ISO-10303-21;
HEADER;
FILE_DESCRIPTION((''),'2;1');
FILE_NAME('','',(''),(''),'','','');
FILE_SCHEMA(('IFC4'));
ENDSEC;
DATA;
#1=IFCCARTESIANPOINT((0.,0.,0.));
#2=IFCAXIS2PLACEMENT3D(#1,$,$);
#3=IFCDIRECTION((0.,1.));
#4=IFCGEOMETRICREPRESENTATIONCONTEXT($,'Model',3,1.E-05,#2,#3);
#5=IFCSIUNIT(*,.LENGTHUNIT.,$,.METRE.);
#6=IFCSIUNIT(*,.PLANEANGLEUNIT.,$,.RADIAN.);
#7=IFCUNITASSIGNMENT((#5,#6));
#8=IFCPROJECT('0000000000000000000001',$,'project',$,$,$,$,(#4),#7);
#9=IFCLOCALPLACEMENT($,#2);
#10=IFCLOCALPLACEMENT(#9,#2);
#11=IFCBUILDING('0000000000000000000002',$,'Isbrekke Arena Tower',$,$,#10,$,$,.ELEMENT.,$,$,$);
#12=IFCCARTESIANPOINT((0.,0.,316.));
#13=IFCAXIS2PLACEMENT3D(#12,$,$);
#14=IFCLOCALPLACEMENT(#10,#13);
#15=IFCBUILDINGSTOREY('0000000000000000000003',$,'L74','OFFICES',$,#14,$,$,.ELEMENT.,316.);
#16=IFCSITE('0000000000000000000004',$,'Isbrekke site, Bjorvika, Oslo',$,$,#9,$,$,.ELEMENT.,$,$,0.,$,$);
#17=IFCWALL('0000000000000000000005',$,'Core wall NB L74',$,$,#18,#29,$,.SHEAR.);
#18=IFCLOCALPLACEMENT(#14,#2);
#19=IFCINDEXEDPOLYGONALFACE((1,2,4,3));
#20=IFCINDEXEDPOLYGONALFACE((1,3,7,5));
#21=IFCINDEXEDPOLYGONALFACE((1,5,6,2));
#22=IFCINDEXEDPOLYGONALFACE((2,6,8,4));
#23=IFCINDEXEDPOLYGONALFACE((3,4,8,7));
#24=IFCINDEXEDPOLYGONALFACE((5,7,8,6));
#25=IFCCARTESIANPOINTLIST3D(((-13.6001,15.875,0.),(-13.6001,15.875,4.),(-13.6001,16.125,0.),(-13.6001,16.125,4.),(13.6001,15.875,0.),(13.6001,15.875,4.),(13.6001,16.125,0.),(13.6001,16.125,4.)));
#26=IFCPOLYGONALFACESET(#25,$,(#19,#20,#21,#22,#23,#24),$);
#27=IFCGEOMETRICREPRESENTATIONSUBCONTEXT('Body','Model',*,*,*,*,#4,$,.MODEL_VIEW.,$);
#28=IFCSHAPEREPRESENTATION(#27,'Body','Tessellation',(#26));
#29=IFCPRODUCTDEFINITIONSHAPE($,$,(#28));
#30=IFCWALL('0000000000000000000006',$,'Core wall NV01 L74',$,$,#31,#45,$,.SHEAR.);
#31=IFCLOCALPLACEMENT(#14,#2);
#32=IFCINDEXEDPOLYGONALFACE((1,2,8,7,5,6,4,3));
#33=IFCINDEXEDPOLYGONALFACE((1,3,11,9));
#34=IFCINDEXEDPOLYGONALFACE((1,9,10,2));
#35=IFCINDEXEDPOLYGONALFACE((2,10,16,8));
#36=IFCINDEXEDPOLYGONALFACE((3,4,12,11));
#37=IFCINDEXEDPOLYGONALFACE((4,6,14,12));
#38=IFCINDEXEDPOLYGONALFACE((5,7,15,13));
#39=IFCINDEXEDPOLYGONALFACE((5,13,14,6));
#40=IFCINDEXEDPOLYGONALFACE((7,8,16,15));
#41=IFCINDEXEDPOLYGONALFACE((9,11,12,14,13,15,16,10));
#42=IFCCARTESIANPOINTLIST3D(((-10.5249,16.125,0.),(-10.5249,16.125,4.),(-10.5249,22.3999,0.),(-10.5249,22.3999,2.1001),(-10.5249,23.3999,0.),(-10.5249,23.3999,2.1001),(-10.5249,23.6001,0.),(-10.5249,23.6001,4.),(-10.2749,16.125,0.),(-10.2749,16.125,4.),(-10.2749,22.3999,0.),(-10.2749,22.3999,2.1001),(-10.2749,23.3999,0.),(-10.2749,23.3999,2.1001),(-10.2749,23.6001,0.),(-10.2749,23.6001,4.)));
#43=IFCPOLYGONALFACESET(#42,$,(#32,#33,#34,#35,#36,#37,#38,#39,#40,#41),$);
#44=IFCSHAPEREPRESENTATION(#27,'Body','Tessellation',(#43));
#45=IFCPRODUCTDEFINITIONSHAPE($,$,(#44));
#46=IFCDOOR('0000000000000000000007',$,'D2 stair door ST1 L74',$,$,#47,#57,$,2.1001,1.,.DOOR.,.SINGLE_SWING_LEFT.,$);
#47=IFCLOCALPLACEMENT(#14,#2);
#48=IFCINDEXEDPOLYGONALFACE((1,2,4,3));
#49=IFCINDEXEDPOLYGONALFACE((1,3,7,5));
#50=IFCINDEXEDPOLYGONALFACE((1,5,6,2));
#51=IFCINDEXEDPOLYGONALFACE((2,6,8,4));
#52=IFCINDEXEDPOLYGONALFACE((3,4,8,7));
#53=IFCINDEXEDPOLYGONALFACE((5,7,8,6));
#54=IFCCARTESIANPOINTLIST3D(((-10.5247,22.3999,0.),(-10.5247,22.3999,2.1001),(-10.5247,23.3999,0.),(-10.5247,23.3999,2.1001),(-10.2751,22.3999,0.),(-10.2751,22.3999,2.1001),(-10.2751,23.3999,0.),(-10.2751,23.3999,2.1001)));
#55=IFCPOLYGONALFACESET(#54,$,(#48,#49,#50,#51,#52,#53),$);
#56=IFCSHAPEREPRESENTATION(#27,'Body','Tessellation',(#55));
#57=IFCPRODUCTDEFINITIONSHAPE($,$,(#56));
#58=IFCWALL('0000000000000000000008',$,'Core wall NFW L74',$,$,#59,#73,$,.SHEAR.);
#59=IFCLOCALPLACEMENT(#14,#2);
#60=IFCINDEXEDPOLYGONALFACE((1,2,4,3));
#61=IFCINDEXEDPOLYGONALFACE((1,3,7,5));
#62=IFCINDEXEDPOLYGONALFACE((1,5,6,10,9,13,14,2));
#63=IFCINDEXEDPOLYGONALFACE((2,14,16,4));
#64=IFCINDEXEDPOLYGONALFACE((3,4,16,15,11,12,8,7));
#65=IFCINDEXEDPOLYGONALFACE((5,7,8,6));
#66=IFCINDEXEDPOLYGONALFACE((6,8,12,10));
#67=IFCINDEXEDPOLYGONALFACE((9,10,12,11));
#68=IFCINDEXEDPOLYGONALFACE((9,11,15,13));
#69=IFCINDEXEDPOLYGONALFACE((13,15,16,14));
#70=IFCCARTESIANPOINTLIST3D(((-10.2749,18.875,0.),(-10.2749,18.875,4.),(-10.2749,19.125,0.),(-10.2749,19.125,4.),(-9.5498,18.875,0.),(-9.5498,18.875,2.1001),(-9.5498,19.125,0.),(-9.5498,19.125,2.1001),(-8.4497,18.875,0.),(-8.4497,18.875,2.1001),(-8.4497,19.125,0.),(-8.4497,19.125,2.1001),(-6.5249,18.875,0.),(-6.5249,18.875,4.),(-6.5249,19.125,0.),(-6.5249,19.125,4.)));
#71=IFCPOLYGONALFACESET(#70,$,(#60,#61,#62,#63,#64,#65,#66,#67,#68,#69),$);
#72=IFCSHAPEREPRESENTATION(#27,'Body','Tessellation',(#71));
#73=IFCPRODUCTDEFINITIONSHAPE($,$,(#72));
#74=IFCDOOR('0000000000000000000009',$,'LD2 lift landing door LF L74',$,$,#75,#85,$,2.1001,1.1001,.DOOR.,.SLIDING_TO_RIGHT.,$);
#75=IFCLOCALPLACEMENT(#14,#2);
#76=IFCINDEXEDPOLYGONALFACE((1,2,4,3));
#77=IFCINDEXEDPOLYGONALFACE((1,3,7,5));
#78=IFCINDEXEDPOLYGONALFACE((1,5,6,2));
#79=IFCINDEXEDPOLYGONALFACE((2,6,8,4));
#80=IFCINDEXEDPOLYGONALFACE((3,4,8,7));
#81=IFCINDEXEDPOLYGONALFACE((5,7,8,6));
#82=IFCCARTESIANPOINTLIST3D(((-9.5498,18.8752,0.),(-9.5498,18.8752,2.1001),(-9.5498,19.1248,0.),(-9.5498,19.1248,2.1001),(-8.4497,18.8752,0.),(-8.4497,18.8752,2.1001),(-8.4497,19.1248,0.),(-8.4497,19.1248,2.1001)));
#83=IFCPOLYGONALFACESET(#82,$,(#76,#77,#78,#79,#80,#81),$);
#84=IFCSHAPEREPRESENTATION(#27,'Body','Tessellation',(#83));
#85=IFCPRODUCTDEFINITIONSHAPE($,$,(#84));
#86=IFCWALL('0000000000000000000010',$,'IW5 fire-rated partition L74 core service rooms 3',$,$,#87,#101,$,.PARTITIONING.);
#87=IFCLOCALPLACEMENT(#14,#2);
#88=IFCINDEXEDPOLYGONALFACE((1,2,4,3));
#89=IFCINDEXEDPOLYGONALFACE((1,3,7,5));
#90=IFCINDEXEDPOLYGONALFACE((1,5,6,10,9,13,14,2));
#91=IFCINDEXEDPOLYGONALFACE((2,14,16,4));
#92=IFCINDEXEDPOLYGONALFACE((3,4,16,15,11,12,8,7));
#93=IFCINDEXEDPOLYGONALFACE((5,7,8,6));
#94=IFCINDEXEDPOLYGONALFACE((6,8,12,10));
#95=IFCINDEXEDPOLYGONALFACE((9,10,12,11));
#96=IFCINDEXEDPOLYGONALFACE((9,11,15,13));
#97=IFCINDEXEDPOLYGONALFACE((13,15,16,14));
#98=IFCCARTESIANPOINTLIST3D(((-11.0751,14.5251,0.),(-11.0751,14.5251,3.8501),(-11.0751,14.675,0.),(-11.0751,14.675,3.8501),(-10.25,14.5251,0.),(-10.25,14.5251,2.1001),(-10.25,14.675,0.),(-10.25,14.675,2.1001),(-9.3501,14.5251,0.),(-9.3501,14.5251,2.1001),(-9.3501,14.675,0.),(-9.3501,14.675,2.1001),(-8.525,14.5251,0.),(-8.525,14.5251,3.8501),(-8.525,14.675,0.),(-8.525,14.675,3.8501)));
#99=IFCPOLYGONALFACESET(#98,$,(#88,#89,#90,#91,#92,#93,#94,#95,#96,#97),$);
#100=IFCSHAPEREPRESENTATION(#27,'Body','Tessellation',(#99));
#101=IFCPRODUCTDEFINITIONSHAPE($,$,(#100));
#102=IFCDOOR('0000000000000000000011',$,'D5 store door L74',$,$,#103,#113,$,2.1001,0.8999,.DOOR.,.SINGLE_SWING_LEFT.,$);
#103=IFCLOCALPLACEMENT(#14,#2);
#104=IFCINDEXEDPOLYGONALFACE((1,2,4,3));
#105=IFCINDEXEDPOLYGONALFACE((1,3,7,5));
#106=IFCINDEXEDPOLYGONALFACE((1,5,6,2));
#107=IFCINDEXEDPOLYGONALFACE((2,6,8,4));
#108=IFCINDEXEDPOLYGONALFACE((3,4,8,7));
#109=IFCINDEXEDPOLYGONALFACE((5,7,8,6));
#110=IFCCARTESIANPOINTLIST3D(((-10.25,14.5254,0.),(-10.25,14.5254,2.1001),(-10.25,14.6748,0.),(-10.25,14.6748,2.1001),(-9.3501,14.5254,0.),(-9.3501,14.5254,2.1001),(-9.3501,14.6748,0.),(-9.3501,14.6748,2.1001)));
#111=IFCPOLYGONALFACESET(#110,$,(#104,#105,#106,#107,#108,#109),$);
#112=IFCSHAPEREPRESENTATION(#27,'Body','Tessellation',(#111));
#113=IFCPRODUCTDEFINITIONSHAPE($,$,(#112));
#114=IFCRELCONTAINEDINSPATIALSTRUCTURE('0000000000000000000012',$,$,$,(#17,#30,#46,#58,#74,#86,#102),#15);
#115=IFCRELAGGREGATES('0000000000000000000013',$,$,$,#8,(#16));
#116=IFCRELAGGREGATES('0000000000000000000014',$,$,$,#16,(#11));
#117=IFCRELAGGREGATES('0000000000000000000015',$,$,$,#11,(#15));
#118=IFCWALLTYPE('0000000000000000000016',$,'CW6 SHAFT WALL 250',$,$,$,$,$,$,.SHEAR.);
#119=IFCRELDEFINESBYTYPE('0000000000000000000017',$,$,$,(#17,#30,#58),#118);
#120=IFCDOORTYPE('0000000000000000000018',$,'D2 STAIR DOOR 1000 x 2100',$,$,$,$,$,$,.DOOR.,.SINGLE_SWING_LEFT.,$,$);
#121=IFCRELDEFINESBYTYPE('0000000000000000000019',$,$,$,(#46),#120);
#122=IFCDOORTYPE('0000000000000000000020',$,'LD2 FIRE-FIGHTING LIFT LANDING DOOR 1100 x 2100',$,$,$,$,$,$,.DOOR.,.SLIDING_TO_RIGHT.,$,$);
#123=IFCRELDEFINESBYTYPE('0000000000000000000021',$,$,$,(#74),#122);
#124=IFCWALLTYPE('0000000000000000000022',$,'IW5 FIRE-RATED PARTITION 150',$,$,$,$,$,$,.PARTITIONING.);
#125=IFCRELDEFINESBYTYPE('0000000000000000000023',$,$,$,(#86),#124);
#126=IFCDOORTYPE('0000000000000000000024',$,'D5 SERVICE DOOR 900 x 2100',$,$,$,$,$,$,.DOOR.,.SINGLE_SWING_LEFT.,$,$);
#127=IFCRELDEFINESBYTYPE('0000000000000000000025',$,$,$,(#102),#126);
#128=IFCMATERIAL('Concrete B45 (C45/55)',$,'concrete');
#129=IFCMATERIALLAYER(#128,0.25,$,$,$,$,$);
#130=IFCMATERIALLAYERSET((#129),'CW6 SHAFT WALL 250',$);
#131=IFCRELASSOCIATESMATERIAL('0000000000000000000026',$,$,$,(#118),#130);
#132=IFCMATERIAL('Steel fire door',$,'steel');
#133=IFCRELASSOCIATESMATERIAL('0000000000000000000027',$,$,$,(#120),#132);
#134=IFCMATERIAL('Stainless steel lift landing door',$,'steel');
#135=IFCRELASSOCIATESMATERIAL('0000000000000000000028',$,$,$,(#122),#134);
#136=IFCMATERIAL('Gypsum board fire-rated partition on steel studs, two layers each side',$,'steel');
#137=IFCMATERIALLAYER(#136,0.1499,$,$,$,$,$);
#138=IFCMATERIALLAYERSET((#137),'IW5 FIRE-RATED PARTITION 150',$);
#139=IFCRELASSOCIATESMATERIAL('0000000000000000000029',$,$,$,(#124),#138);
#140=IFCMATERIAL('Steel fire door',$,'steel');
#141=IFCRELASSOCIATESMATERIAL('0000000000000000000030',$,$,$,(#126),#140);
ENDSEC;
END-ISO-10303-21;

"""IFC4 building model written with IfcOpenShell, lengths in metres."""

from ifc_helpers import new_model, si_unit, direction, frame, frame_2d, origin, place, context, subcontext, project, spatial, rectangle, extrude, material, layer, layer_set, type_object, element, fill, save


model = new_model("IFC4")

# Units and contexts
model_context = context("Model", 3, precision=1e-05, world=origin(), true_north=direction((0.0, 1.0)))
body_context = subcontext(model_context, "Body", "Model", "MODEL_VIEW")
ifc_project = project(units=[si_unit("LENGTHUNIT", "METRE"), si_unit("PLANEANGLEUNIT", "RADIAN")], contexts=[model_context])

# Site, building, storey
site_placement = place(None, origin())
site = spatial("IfcSite", under=ifc_project, at=site_placement, Name="Isbrekke site, Bjorvika, Oslo", CompositionType="ELEMENT", RefElevation=0.0)
building_placement = place(site_placement, origin())
building = spatial("IfcBuilding", under=site, at=building_placement, Name="Isbrekke Arena Tower", CompositionType="ELEMENT")
storey_placement = place(building_placement, frame((0.0, 0.0, 316.0)))
storey = spatial("IfcBuildingStorey", under=building, at=storey_placement, Name="L74", Description="OFFICES", CompositionType="ELEMENT", Elevation=316.0)

# Wall
ifc_material_1 = material(Name="Concrete B45 (C45/55)", Category="concrete")
ifc_layer_1 = layer(ifc_material_1, 0.25)
ifc_layer_set_1 = layer_set([ifc_layer_1], Name="CW6 SHAFT WALL 250")
wall_type_1 = type_object("IfcWallType", Name="CW6 SHAFT WALL 250", PredefinedType="SHEAR", material=ifc_layer_set_1)
wall_1_placement = place(storey_placement, frame((-13.6001, 16.0, 0.0), z_axis=(0.0, 0.0, 1.0), x_axis=(1.0, 0.0, 0.0)))
element("IfcWall", 1, at=wall_1_placement, inside=storey, type_object=wall_type_1, Name="Core wall NB L74", PredefinedType="SHEAR", context=body_context, shape_type="SweptSolid", body=[
    extrude(rectangle(XDim=27.2002, YDim=0.25, at=frame_2d((13.6001, 0.0))), origin(), (0.0, 0.0, 1.0), 4.0),
])

# Walls, openings, doors
wall_2_placement = place(storey_placement, frame((-10.3999, 16.125, 0.0), z_axis=(0.0, 0.0, 1.0), x_axis=(0.0, 1.0, 0.0)))
wall_2 = element("IfcWall", 2, at=wall_2_placement, inside=storey, type_object=wall_type_1, Name="Core wall NV01 L74", PredefinedType="SHEAR", context=body_context, shape_type="SweptSolid", body=[
    extrude(rectangle(XDim=7.4751, YDim=0.25, at=frame_2d((3.7375, 0.0))), origin(), (0.0, 0.0, 1.0), 4.0),
])
opening_1_placement = place(wall_2_placement, frame((6.2749, 0.0, 0.0)))
opening_1 = element("IfcOpeningElement", 3, at=opening_1_placement, cuts=wall_2, PredefinedType="OPENING", context=body_context, shape_type="SweptSolid", body=[
    extrude(rectangle(XDim=1.0, YDim=2.1001, at=frame_2d((0.5, 1.05))), frame((0.0, 0.1399, 0.0), z_axis=(0.0, -1.0, 0.0), x_axis=(1.0, 0.0, 0.0)), (0.0, 0.0, 1.0), 0.2798),
])
ifc_material_2 = material(Name="Steel fire door", Category="steel")
door_type_1 = type_object("IfcDoorType", Name="D2 STAIR DOOR 1000 x 2100", OperationType="SINGLE_SWING_LEFT", PredefinedType="DOOR", material=ifc_material_2)
door_1_placement = place(opening_1_placement, origin())
door_1 = element("IfcDoor", 4, at=door_1_placement, inside=storey, type_object=door_type_1, Name="D2 stair door ST1 L74", OperationType="SINGLE_SWING_LEFT", OverallHeight=2.1001, OverallWidth=1.0, PredefinedType="DOOR", context=body_context, shape_type="SweptSolid", body=[
    extrude(rectangle(XDim=1.0, YDim=2.1001, at=frame_2d((0.5, 1.05))), frame((0.0, 0.1248, 0.0), z_axis=(0.0, -1.0, 0.0), x_axis=(1.0, 0.0, 0.0)), (0.0, 0.0, 1.0), 0.2495),
])
fill(opening_1, door_1)
wall_3_placement = place(storey_placement, frame((-10.2749, 19.0, 0.0), z_axis=(0.0, 0.0, 1.0), x_axis=(1.0, 0.0, 0.0)))
wall_3 = element("IfcWall", 5, at=wall_3_placement, inside=storey, type_object=wall_type_1, Name="Core wall NFW L74", PredefinedType="SHEAR", context=body_context, shape_type="SweptSolid", body=[
    extrude(rectangle(XDim=3.75, YDim=0.25, at=frame_2d((1.875, 0.0))), origin(), (0.0, 0.0, 1.0), 4.0),
])
opening_2_placement = place(wall_3_placement, frame((0.7251, 0.0, 0.0)))
opening_2 = element("IfcOpeningElement", 6, at=opening_2_placement, cuts=wall_3, PredefinedType="OPENING", context=body_context, shape_type="SweptSolid", body=[
    extrude(rectangle(XDim=1.1001, YDim=2.1001, at=frame_2d((0.55, 1.05))), frame((0.0, 0.1399, 0.0), z_axis=(0.0, -1.0, 0.0), x_axis=(1.0, 0.0, 0.0)), (0.0, 0.0, 1.0), 0.2798),
])
ifc_material_3 = material(Name="Stainless steel lift landing door", Category="steel")
door_type_2 = type_object("IfcDoorType", Name="LD2 FIRE-FIGHTING LIFT LANDING DOOR 1100 x 2100", OperationType="SLIDING_TO_RIGHT", PredefinedType="DOOR", material=ifc_material_3)
door_2_placement = place(opening_2_placement, origin())
door_2 = element("IfcDoor", 7, at=door_2_placement, inside=storey, type_object=door_type_2, Name="LD2 lift landing door LF L74", OperationType="SLIDING_TO_RIGHT", OverallHeight=2.1001, OverallWidth=1.1001, PredefinedType="DOOR", context=body_context, shape_type="SweptSolid", body=[
    extrude(rectangle(XDim=1.1001, YDim=2.1001, at=frame_2d((0.55, 1.05))), frame((0.0, 0.1248, 0.0), z_axis=(0.0, -1.0, 0.0), x_axis=(1.0, 0.0, 0.0)), (0.0, 0.0, 1.0), 0.2495),
])
fill(opening_2, door_2)
ifc_material_4 = material(Name="Gypsum board fire-rated partition on steel studs, two layers each side", Category="steel")
ifc_layer_2 = layer(ifc_material_4, 0.1499)
ifc_layer_set_2 = layer_set([ifc_layer_2], Name="IW5 FIRE-RATED PARTITION 150")
wall_type_2 = type_object("IfcWallType", Name="IW5 FIRE-RATED PARTITION 150", PredefinedType="PARTITIONING", material=ifc_layer_set_2)
wall_4_placement = place(storey_placement, frame((-11.075, 14.6001, 0.0), z_axis=(0.0, 0.0, 1.0), x_axis=(1.0, 0.0, 0.0)))
wall_4 = element("IfcWall", 8, at=wall_4_placement, inside=storey, type_object=wall_type_2, Name="IW5 fire-rated partition L74 core service rooms 3", PredefinedType="PARTITIONING", context=body_context, shape_type="SweptSolid", body=[
    extrude(rectangle(XDim=2.55, YDim=0.1499, at=frame_2d((1.2749, 0.0))), origin(), (0.0, 0.0, 1.0), 3.8501),
])
opening_3_placement = place(wall_4_placement, frame((0.825, 0.0, 0.0)))
opening_3 = element("IfcOpeningElement", 9, at=opening_3_placement, cuts=wall_4, PredefinedType="OPENING", context=body_context, shape_type="SweptSolid", body=[
    extrude(rectangle(XDim=0.8999, YDim=2.1001, at=frame_2d((0.45, 1.05))), frame((0.0, 0.0898, 0.0), z_axis=(0.0, -1.0, 0.0), x_axis=(1.0, 0.0, 0.0)), (0.0, 0.0, 1.0), 0.1797),
])
ifc_material_5 = material(Name="Steel fire door", Category="steel")
door_type_3 = type_object("IfcDoorType", Name="D5 SERVICE DOOR 900 x 2100", OperationType="SINGLE_SWING_LEFT", PredefinedType="DOOR", material=ifc_material_5)
door_3_placement = place(opening_3_placement, origin())
door_3 = element("IfcDoor", 10, at=door_3_placement, inside=storey, type_object=door_type_3, Name="D5 store door L74", OperationType="SINGLE_SWING_LEFT", OverallHeight=2.1001, OverallWidth=0.8999, PredefinedType="DOOR", context=body_context, shape_type="SweptSolid", body=[
    extrude(rectangle(XDim=0.8999, YDim=2.1001, at=frame_2d((0.45, 1.05))), frame((0.0, 0.0747, 0.0), z_axis=(0.0, -1.0, 0.0), x_axis=(1.0, 0.0, 0.0)), (0.0, 0.0, 1.0), 0.1494),
])
fill(opening_3, door_3)

save(model, "model.ifc")
